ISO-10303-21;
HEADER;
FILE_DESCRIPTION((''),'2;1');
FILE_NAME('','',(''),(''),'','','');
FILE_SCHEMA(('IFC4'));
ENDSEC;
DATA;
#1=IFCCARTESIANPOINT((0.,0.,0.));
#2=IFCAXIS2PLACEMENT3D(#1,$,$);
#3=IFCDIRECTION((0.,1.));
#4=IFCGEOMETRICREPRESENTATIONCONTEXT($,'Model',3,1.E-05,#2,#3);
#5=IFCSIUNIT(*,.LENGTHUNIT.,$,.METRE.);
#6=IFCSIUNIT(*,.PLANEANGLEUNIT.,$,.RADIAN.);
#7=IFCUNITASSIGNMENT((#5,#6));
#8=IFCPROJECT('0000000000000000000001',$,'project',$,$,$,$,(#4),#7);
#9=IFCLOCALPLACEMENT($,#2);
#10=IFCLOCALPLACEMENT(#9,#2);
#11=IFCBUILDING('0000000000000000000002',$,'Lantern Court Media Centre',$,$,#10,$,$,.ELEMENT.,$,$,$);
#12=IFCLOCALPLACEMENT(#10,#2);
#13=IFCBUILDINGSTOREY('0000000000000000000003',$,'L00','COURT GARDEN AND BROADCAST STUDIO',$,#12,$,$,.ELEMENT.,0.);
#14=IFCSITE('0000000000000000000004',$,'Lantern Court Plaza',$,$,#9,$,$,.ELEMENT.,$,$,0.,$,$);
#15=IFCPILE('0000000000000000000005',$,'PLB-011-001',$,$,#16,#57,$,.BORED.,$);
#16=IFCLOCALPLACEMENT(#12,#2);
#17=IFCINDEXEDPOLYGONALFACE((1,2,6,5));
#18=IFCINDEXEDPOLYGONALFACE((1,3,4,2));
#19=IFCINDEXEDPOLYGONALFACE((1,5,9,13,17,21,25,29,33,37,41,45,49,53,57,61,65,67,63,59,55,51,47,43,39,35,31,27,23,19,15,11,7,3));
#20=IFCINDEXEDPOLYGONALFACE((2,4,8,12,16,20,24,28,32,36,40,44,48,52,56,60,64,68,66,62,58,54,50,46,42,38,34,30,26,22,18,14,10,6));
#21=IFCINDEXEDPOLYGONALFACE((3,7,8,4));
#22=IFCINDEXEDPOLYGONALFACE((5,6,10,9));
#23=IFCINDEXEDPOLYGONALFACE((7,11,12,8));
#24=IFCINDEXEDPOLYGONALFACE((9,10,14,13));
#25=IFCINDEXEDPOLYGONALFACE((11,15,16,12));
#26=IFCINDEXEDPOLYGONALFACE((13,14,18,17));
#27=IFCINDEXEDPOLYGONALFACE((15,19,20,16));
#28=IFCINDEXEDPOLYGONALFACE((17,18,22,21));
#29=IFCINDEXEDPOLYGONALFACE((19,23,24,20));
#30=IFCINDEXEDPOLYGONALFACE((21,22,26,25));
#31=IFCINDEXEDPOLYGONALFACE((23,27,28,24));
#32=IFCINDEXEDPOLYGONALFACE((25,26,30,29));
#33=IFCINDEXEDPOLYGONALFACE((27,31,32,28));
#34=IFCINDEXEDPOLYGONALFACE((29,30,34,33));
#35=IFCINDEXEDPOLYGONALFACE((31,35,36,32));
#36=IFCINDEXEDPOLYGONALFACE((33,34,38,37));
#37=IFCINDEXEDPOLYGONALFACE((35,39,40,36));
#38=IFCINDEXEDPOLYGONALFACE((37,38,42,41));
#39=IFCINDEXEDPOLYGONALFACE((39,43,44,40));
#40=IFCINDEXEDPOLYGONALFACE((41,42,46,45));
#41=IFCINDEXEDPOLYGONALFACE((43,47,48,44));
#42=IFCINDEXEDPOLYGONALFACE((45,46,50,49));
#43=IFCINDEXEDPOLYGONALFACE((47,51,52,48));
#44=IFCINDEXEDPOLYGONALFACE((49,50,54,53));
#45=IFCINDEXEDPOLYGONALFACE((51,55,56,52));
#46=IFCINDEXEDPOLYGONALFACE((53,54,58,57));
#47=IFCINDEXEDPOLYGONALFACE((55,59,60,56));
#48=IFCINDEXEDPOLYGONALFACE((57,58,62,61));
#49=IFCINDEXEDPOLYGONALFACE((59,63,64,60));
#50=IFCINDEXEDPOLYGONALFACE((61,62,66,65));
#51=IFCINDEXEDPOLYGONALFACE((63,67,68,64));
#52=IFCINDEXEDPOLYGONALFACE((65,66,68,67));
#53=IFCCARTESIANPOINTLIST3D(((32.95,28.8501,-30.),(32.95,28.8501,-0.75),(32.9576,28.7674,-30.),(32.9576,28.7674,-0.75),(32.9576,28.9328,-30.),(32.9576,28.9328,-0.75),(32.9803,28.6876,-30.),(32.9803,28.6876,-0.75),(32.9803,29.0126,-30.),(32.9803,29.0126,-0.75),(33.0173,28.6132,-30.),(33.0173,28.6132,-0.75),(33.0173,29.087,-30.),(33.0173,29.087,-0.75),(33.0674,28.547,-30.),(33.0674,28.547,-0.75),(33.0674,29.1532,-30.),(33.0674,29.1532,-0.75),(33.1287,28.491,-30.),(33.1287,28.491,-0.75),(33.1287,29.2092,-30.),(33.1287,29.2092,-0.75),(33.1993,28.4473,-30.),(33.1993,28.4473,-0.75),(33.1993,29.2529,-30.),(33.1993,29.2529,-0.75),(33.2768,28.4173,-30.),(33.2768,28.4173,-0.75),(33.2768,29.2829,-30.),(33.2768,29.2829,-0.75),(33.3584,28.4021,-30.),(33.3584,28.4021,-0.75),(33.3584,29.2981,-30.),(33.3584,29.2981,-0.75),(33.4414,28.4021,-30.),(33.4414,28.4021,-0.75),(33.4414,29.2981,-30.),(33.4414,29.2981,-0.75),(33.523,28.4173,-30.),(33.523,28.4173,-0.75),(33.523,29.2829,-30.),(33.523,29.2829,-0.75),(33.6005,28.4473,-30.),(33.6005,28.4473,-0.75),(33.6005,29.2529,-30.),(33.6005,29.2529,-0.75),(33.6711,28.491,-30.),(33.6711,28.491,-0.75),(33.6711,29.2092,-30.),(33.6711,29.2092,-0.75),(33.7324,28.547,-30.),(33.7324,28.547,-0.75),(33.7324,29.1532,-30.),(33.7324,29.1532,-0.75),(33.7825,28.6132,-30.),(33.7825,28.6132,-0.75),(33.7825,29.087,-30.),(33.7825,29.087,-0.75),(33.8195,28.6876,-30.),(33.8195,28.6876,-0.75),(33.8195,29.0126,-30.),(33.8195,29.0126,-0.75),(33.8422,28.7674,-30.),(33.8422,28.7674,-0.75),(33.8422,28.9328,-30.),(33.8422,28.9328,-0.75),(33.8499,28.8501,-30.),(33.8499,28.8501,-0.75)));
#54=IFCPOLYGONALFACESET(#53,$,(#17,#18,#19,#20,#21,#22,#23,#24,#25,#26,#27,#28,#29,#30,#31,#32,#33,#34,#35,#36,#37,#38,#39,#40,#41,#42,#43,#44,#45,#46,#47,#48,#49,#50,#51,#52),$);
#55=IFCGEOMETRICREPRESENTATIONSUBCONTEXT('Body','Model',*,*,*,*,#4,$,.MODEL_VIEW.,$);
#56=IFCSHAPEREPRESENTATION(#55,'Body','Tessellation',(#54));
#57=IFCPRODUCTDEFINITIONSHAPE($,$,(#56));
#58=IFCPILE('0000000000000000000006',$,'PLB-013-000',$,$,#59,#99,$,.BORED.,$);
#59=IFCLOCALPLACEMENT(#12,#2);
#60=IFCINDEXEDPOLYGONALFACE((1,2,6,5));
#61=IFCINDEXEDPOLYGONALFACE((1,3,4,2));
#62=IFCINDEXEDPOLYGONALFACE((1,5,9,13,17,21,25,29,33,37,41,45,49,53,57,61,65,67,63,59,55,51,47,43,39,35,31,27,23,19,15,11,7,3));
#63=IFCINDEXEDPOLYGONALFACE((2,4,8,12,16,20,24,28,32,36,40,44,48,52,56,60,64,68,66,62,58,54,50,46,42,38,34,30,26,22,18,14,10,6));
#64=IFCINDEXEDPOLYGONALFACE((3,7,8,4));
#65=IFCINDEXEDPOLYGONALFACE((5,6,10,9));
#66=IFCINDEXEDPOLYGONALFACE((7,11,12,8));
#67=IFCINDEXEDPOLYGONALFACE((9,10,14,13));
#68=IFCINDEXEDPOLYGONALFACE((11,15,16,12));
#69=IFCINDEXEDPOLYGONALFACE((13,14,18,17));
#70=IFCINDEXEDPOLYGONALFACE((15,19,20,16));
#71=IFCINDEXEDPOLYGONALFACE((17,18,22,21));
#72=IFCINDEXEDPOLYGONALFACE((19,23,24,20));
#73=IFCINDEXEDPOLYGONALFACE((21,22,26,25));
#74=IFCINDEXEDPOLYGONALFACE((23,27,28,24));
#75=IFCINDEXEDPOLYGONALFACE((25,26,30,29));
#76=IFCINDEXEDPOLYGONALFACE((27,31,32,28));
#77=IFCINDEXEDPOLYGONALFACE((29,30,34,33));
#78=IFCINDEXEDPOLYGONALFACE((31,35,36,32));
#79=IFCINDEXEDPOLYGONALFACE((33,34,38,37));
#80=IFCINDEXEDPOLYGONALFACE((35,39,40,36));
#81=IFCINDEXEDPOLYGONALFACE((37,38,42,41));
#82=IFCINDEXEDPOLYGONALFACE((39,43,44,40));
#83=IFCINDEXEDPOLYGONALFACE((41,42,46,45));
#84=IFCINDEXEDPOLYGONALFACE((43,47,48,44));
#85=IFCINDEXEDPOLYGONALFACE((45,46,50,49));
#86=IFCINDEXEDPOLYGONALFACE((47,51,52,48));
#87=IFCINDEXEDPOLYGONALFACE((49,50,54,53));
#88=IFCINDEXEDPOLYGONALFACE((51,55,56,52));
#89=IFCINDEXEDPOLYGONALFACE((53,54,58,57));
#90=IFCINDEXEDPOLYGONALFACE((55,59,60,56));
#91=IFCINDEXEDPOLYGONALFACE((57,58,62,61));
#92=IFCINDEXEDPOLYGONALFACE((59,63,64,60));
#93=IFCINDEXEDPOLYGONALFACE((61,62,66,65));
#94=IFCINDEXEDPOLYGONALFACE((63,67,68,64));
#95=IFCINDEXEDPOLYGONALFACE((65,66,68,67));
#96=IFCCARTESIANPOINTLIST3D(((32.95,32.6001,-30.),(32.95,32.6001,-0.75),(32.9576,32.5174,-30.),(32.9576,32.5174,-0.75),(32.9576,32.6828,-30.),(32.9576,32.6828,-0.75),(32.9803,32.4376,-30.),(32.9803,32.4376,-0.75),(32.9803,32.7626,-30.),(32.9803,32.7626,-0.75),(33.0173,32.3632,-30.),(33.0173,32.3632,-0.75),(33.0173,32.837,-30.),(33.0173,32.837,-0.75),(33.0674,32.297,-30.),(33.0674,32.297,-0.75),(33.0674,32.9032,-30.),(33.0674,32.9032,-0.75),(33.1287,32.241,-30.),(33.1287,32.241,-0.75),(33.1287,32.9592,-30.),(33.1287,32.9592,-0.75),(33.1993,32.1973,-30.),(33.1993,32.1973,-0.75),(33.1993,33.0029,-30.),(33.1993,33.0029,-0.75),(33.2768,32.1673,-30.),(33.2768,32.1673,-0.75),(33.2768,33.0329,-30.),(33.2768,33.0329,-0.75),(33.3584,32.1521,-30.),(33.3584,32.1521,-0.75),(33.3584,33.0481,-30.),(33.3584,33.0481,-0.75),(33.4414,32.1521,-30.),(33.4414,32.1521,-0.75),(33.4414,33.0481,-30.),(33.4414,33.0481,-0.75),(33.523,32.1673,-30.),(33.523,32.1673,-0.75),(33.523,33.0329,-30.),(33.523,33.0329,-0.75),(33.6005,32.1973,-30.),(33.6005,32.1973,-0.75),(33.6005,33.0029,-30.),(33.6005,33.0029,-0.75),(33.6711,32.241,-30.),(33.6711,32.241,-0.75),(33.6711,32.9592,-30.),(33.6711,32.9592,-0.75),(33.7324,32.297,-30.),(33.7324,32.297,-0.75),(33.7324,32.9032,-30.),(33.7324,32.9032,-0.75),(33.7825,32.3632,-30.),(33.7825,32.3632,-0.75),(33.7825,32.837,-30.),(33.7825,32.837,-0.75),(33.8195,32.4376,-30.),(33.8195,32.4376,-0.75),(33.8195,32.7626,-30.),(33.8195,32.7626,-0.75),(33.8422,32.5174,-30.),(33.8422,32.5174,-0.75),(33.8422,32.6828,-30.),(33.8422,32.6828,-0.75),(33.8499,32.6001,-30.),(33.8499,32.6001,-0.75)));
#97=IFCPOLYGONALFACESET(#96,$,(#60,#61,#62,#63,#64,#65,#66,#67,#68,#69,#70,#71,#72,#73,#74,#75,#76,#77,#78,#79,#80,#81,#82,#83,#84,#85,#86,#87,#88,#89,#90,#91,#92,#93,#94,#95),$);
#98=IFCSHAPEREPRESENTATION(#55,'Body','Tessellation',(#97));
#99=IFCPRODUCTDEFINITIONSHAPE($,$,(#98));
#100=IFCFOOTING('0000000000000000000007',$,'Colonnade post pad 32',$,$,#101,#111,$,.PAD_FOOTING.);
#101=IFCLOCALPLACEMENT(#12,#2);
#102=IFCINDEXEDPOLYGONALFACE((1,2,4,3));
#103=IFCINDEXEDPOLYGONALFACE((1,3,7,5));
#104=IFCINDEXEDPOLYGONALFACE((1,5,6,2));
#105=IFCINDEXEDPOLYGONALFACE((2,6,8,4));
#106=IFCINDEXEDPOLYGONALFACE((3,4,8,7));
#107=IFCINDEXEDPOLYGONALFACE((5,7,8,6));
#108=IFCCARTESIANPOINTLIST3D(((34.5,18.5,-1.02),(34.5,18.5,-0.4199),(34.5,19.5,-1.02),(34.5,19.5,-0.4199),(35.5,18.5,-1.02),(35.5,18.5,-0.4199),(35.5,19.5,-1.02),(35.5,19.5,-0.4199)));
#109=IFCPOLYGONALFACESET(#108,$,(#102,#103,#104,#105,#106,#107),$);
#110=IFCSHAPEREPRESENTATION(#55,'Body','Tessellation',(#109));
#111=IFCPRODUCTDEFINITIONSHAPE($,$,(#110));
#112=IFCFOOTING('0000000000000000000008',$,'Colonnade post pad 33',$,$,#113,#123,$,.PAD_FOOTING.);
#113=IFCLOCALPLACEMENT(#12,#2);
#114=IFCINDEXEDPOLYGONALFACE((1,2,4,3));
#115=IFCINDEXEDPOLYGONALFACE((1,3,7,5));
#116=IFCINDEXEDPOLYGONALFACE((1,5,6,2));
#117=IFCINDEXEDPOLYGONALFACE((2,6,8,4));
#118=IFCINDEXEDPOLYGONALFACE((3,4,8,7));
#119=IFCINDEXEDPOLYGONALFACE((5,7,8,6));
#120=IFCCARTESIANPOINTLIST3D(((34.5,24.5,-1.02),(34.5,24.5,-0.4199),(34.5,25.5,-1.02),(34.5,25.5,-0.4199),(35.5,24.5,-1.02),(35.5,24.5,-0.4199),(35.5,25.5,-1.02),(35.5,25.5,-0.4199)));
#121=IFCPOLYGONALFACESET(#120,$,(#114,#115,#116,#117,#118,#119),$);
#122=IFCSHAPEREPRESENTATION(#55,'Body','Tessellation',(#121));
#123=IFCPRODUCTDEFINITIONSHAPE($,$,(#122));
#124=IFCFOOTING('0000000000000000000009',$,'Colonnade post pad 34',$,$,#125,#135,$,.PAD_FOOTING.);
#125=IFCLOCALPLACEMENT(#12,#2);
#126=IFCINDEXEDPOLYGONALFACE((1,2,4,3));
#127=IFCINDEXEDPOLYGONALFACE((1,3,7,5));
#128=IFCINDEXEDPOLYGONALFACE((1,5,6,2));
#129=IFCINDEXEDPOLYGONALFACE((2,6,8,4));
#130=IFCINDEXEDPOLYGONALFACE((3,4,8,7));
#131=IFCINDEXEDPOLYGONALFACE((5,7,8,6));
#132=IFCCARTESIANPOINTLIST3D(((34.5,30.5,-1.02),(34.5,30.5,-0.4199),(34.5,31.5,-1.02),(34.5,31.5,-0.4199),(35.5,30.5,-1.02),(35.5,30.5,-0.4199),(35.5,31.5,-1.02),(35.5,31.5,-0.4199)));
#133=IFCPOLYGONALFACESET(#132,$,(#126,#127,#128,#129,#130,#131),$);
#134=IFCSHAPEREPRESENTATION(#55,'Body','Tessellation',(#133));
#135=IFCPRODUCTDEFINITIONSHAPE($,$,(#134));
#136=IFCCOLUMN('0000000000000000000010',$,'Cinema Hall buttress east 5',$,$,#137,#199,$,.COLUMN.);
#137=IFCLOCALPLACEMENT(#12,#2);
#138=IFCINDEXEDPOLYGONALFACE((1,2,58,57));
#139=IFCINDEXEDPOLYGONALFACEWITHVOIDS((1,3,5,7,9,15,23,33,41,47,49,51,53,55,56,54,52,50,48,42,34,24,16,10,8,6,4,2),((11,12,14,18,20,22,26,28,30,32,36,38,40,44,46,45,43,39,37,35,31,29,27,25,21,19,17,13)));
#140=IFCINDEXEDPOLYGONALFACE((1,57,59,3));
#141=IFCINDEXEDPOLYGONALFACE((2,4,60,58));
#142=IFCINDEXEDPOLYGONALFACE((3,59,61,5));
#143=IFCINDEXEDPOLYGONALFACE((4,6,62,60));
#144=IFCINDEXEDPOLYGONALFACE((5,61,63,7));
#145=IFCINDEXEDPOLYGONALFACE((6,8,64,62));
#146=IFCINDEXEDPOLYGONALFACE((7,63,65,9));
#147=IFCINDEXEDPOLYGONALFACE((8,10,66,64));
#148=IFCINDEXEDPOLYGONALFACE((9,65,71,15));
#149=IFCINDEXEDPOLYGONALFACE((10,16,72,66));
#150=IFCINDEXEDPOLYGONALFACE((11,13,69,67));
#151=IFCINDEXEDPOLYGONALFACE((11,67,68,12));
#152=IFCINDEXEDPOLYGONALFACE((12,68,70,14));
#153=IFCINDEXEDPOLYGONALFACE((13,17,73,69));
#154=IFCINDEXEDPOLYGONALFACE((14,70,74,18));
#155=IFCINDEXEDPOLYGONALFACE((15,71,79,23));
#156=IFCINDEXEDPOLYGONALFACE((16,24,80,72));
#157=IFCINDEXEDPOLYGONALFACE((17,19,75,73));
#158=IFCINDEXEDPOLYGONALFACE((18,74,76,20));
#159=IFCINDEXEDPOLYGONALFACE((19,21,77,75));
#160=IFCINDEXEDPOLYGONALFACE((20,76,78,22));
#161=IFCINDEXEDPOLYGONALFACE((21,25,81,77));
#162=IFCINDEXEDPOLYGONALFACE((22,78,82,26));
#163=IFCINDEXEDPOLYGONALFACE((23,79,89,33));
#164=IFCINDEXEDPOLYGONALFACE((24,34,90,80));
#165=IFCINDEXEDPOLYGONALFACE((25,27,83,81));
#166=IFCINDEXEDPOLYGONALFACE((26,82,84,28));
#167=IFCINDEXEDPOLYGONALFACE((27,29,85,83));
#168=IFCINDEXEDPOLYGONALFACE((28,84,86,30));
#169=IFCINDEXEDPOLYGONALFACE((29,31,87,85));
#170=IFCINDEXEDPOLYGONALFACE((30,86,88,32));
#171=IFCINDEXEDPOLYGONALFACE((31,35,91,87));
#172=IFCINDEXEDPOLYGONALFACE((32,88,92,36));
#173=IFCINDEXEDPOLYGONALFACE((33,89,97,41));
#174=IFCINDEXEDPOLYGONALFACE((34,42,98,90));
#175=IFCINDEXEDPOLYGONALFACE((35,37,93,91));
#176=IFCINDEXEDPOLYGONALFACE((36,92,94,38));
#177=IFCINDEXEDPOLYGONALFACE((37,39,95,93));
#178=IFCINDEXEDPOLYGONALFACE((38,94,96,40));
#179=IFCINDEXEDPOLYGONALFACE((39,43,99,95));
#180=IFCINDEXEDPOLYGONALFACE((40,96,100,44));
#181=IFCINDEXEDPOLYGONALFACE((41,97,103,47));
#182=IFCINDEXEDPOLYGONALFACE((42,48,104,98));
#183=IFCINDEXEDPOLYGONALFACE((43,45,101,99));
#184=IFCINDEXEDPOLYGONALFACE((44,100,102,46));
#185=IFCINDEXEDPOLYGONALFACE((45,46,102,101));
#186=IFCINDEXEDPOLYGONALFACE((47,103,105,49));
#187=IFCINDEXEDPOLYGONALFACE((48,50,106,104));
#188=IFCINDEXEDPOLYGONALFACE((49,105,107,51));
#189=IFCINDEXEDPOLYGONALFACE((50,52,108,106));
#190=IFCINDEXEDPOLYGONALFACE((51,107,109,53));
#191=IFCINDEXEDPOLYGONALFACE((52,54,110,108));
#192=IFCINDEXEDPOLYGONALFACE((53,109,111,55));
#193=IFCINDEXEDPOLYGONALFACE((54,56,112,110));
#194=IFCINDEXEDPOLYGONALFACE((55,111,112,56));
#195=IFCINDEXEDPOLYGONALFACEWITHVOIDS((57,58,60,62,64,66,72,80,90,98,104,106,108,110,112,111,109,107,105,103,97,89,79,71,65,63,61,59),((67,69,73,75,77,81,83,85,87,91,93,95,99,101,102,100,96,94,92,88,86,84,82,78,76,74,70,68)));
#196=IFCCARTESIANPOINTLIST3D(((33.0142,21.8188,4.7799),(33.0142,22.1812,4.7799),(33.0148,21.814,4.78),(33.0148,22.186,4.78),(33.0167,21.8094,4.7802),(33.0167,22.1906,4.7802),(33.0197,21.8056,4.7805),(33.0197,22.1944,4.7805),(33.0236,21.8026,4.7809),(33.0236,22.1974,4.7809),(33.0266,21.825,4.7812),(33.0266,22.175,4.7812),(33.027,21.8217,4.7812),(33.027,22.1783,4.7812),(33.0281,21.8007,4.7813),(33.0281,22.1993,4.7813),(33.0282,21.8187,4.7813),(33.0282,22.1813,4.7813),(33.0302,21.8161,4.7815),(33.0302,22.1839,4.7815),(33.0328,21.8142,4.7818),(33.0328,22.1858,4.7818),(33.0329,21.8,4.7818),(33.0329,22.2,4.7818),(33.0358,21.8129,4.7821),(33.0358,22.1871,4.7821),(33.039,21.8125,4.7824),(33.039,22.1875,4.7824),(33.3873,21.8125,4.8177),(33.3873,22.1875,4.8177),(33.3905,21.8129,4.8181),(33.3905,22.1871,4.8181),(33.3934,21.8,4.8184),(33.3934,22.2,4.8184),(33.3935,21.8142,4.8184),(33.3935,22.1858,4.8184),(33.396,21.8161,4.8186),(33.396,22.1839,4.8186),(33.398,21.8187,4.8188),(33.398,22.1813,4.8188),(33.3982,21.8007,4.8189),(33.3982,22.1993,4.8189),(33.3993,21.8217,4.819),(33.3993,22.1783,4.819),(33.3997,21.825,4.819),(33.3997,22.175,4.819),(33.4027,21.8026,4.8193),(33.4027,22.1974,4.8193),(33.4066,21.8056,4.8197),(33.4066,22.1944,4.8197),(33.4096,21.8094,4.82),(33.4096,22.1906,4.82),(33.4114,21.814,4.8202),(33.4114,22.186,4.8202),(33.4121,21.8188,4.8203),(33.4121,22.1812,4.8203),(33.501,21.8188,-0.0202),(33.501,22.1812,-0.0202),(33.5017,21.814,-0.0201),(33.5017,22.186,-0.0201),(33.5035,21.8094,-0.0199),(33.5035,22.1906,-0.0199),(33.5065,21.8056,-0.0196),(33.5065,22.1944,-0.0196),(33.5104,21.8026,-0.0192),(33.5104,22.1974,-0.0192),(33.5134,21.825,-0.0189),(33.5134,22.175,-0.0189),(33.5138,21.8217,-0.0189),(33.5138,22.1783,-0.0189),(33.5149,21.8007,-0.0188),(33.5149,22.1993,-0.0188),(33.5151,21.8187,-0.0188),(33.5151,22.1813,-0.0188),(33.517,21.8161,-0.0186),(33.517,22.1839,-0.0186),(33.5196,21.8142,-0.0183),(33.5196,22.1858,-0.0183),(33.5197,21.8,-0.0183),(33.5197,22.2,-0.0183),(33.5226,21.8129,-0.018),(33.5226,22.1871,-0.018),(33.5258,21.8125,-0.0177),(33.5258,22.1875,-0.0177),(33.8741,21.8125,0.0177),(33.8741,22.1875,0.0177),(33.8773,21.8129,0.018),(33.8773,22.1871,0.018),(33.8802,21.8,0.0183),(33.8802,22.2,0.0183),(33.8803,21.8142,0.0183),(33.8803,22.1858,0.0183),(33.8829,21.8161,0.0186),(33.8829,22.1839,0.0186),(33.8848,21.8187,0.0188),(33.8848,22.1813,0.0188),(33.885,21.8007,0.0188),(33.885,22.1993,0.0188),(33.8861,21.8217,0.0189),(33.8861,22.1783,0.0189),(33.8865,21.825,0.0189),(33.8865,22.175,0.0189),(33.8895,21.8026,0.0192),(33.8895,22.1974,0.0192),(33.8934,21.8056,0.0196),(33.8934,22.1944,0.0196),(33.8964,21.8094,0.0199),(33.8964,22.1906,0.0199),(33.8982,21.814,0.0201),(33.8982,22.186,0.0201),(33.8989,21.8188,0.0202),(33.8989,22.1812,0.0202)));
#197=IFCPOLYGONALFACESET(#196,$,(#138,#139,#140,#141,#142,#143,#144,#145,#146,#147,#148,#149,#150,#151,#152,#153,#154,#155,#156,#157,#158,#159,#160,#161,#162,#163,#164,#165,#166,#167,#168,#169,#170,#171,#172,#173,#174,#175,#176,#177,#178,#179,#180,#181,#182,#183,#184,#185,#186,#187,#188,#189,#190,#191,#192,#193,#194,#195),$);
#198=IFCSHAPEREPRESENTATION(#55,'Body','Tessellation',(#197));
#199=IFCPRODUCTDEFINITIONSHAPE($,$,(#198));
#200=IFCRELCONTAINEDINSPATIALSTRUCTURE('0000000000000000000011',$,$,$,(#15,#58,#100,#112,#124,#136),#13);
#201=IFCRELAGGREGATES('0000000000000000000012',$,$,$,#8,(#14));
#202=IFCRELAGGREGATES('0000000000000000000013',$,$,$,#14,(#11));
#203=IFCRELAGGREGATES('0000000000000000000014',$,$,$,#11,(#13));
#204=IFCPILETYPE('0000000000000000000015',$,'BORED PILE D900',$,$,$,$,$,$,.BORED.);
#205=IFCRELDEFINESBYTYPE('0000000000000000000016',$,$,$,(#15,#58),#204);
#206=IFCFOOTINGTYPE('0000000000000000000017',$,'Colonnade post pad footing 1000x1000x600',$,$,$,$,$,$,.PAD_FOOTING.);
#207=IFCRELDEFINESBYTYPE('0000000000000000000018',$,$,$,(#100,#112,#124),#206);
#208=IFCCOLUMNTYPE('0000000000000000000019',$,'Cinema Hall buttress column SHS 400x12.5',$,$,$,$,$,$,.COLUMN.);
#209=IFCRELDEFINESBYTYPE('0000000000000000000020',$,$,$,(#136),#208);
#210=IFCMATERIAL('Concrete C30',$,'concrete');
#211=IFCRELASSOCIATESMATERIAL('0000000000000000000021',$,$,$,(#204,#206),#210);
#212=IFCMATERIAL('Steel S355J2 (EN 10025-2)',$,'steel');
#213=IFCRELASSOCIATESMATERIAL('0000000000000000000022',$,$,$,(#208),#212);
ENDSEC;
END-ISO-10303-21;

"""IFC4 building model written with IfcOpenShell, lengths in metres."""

from ifc_helpers import new_model, si_unit, direction, frame, origin, origin_2d, place, context, subcontext, project, spatial, rectangle, hollow_rectangle, circle, extrude, material, material_profile, profile_set, type_object, element, save


model = new_model("IFC4")

# Units and contexts
model_context = context("Model", 3, precision=1e-05, world=origin(), true_north=direction((0.0, 1.0)))
body_context = subcontext(model_context, "Body", "Model", "MODEL_VIEW")
ifc_project = project(units=[si_unit("LENGTHUNIT", "METRE"), si_unit("PLANEANGLEUNIT", "RADIAN")], contexts=[model_context])

# Site, building, storey
site_placement = place(None, origin())
site = spatial("IfcSite", under=ifc_project, at=site_placement, Name="Lantern Court Plaza", CompositionType="ELEMENT", RefElevation=0.0)
building_placement = place(site_placement, origin())
building = spatial("IfcBuilding", under=site, at=building_placement, Name="Lantern Court Media Centre", CompositionType="ELEMENT")
storey_placement = place(building_placement, origin())
storey = spatial("IfcBuildingStorey", under=building, at=storey_placement, Name="L00", Description="COURT GARDEN AND BROADCAST STUDIO", CompositionType="ELEMENT", Elevation=0.0)

# Piles
ifc_material_1 = material(Name="Concrete C30", Category="concrete")
ifc_material_profile_1 = material_profile(ifc_material_1, circle(Radius=0.45, at=origin_2d()), Name="D900")
ifc_profile_set_1 = profile_set([ifc_material_profile_1], Name="Concrete C30")
pile_type = type_object("IfcPileType", Name="BORED PILE D900", PredefinedType="BORED", material=ifc_profile_set_1)
for number, where, z_axis, x_axis, name in (
    (1, (33.3999, 28.8501, -0.75), (0.0, 0.0, -1.0), (1.0, 0.0, 0.0), "PLB-011-001"),
    (2, (33.3999, 32.6001, -0.75), (0.0, 0.0, -1.0), (1.0, 0.0, 0.0), "PLB-013-000"),
):
    element("IfcPile", number, at=place(storey_placement, frame(where, z_axis=z_axis, x_axis=x_axis)), inside=storey, type_object=pile_type, Name=name, PredefinedType="BORED", context=body_context, shape_type="SweptSolid", body=[
        extrude(circle(Radius=0.45, at=origin_2d()), origin(), (0.0, 0.0, 1.0), 29.25),
    ])

# Footings
footing_type = type_object("IfcFootingType", Name="Colonnade post pad footing 1000x1000x600", PredefinedType="PAD_FOOTING", material=ifc_material_1)
for number, where, z_axis, x_axis, name in (
    (3, (35.0, 19.0, -1.02), (0.0, 0.0, 1.0), (1.0, 0.0, 0.0), "Colonnade post pad 32"),
    (4, (35.0, 25.0, -1.02), (0.0, 0.0, 1.0), (1.0, 0.0, 0.0), "Colonnade post pad 33"),
    (5, (35.0, 31.0, -1.02), (0.0, 0.0, 1.0), (1.0, 0.0, 0.0), "Colonnade post pad 34"),
):
    element("IfcFooting", number, at=place(storey_placement, frame(where, z_axis=z_axis, x_axis=x_axis)), inside=storey, type_object=footing_type, Name=name, PredefinedType="PAD_FOOTING", context=body_context, shape_type="SweptSolid", body=[
        extrude(rectangle(XDim=1.0, YDim=1.0, at=origin_2d()), origin(), (0.0, 0.0, 1.0), 0.6001),
    ])

# Column
ifc_material_2 = material(Name="Steel S355J2 (EN 10025-2)", Category="steel")
ifc_material_profile_2 = material_profile(ifc_material_2, hollow_rectangle(XDim=0.3999, YDim=0.3999, WallThickness=0.0125, InnerFilletRadius=0.0125, OuterFilletRadius=0.0188, at=origin_2d()), Name="Cinema Hall buttress column SHS 400x12.5")
ifc_profile_set_2 = profile_set([ifc_material_profile_2], Name="Steel S355J2 (EN 10025-2)")
column_type_1 = type_object("IfcColumnType", Name="Cinema Hall buttress column SHS 400x12.5", PredefinedType="COLUMN", material=ifc_profile_set_2)
for number, where, z_axis, x_axis, name in (
    (6, (33.7, 22.0, 0.0), (-0.100901, 0.0, 0.994896), (0.0, -1.0, 0.0), "Cinema Hall buttress east 5"),
):
    element("IfcColumn", number, at=place(storey_placement, frame(where, z_axis=z_axis, x_axis=x_axis)), inside=storey, type_object=column_type_1, Name=name, PredefinedType="COLUMN", context=body_context, shape_type="SweptSolid", body=[
        extrude(hollow_rectangle(XDim=0.3999, YDim=0.3999, WallThickness=0.0125, InnerFilletRadius=0.0125, OuterFilletRadius=0.0188, at=origin_2d()), origin(), (0.0, 0.0, 1.0), 4.8247),
    ])

save(model, "model.ifc")
